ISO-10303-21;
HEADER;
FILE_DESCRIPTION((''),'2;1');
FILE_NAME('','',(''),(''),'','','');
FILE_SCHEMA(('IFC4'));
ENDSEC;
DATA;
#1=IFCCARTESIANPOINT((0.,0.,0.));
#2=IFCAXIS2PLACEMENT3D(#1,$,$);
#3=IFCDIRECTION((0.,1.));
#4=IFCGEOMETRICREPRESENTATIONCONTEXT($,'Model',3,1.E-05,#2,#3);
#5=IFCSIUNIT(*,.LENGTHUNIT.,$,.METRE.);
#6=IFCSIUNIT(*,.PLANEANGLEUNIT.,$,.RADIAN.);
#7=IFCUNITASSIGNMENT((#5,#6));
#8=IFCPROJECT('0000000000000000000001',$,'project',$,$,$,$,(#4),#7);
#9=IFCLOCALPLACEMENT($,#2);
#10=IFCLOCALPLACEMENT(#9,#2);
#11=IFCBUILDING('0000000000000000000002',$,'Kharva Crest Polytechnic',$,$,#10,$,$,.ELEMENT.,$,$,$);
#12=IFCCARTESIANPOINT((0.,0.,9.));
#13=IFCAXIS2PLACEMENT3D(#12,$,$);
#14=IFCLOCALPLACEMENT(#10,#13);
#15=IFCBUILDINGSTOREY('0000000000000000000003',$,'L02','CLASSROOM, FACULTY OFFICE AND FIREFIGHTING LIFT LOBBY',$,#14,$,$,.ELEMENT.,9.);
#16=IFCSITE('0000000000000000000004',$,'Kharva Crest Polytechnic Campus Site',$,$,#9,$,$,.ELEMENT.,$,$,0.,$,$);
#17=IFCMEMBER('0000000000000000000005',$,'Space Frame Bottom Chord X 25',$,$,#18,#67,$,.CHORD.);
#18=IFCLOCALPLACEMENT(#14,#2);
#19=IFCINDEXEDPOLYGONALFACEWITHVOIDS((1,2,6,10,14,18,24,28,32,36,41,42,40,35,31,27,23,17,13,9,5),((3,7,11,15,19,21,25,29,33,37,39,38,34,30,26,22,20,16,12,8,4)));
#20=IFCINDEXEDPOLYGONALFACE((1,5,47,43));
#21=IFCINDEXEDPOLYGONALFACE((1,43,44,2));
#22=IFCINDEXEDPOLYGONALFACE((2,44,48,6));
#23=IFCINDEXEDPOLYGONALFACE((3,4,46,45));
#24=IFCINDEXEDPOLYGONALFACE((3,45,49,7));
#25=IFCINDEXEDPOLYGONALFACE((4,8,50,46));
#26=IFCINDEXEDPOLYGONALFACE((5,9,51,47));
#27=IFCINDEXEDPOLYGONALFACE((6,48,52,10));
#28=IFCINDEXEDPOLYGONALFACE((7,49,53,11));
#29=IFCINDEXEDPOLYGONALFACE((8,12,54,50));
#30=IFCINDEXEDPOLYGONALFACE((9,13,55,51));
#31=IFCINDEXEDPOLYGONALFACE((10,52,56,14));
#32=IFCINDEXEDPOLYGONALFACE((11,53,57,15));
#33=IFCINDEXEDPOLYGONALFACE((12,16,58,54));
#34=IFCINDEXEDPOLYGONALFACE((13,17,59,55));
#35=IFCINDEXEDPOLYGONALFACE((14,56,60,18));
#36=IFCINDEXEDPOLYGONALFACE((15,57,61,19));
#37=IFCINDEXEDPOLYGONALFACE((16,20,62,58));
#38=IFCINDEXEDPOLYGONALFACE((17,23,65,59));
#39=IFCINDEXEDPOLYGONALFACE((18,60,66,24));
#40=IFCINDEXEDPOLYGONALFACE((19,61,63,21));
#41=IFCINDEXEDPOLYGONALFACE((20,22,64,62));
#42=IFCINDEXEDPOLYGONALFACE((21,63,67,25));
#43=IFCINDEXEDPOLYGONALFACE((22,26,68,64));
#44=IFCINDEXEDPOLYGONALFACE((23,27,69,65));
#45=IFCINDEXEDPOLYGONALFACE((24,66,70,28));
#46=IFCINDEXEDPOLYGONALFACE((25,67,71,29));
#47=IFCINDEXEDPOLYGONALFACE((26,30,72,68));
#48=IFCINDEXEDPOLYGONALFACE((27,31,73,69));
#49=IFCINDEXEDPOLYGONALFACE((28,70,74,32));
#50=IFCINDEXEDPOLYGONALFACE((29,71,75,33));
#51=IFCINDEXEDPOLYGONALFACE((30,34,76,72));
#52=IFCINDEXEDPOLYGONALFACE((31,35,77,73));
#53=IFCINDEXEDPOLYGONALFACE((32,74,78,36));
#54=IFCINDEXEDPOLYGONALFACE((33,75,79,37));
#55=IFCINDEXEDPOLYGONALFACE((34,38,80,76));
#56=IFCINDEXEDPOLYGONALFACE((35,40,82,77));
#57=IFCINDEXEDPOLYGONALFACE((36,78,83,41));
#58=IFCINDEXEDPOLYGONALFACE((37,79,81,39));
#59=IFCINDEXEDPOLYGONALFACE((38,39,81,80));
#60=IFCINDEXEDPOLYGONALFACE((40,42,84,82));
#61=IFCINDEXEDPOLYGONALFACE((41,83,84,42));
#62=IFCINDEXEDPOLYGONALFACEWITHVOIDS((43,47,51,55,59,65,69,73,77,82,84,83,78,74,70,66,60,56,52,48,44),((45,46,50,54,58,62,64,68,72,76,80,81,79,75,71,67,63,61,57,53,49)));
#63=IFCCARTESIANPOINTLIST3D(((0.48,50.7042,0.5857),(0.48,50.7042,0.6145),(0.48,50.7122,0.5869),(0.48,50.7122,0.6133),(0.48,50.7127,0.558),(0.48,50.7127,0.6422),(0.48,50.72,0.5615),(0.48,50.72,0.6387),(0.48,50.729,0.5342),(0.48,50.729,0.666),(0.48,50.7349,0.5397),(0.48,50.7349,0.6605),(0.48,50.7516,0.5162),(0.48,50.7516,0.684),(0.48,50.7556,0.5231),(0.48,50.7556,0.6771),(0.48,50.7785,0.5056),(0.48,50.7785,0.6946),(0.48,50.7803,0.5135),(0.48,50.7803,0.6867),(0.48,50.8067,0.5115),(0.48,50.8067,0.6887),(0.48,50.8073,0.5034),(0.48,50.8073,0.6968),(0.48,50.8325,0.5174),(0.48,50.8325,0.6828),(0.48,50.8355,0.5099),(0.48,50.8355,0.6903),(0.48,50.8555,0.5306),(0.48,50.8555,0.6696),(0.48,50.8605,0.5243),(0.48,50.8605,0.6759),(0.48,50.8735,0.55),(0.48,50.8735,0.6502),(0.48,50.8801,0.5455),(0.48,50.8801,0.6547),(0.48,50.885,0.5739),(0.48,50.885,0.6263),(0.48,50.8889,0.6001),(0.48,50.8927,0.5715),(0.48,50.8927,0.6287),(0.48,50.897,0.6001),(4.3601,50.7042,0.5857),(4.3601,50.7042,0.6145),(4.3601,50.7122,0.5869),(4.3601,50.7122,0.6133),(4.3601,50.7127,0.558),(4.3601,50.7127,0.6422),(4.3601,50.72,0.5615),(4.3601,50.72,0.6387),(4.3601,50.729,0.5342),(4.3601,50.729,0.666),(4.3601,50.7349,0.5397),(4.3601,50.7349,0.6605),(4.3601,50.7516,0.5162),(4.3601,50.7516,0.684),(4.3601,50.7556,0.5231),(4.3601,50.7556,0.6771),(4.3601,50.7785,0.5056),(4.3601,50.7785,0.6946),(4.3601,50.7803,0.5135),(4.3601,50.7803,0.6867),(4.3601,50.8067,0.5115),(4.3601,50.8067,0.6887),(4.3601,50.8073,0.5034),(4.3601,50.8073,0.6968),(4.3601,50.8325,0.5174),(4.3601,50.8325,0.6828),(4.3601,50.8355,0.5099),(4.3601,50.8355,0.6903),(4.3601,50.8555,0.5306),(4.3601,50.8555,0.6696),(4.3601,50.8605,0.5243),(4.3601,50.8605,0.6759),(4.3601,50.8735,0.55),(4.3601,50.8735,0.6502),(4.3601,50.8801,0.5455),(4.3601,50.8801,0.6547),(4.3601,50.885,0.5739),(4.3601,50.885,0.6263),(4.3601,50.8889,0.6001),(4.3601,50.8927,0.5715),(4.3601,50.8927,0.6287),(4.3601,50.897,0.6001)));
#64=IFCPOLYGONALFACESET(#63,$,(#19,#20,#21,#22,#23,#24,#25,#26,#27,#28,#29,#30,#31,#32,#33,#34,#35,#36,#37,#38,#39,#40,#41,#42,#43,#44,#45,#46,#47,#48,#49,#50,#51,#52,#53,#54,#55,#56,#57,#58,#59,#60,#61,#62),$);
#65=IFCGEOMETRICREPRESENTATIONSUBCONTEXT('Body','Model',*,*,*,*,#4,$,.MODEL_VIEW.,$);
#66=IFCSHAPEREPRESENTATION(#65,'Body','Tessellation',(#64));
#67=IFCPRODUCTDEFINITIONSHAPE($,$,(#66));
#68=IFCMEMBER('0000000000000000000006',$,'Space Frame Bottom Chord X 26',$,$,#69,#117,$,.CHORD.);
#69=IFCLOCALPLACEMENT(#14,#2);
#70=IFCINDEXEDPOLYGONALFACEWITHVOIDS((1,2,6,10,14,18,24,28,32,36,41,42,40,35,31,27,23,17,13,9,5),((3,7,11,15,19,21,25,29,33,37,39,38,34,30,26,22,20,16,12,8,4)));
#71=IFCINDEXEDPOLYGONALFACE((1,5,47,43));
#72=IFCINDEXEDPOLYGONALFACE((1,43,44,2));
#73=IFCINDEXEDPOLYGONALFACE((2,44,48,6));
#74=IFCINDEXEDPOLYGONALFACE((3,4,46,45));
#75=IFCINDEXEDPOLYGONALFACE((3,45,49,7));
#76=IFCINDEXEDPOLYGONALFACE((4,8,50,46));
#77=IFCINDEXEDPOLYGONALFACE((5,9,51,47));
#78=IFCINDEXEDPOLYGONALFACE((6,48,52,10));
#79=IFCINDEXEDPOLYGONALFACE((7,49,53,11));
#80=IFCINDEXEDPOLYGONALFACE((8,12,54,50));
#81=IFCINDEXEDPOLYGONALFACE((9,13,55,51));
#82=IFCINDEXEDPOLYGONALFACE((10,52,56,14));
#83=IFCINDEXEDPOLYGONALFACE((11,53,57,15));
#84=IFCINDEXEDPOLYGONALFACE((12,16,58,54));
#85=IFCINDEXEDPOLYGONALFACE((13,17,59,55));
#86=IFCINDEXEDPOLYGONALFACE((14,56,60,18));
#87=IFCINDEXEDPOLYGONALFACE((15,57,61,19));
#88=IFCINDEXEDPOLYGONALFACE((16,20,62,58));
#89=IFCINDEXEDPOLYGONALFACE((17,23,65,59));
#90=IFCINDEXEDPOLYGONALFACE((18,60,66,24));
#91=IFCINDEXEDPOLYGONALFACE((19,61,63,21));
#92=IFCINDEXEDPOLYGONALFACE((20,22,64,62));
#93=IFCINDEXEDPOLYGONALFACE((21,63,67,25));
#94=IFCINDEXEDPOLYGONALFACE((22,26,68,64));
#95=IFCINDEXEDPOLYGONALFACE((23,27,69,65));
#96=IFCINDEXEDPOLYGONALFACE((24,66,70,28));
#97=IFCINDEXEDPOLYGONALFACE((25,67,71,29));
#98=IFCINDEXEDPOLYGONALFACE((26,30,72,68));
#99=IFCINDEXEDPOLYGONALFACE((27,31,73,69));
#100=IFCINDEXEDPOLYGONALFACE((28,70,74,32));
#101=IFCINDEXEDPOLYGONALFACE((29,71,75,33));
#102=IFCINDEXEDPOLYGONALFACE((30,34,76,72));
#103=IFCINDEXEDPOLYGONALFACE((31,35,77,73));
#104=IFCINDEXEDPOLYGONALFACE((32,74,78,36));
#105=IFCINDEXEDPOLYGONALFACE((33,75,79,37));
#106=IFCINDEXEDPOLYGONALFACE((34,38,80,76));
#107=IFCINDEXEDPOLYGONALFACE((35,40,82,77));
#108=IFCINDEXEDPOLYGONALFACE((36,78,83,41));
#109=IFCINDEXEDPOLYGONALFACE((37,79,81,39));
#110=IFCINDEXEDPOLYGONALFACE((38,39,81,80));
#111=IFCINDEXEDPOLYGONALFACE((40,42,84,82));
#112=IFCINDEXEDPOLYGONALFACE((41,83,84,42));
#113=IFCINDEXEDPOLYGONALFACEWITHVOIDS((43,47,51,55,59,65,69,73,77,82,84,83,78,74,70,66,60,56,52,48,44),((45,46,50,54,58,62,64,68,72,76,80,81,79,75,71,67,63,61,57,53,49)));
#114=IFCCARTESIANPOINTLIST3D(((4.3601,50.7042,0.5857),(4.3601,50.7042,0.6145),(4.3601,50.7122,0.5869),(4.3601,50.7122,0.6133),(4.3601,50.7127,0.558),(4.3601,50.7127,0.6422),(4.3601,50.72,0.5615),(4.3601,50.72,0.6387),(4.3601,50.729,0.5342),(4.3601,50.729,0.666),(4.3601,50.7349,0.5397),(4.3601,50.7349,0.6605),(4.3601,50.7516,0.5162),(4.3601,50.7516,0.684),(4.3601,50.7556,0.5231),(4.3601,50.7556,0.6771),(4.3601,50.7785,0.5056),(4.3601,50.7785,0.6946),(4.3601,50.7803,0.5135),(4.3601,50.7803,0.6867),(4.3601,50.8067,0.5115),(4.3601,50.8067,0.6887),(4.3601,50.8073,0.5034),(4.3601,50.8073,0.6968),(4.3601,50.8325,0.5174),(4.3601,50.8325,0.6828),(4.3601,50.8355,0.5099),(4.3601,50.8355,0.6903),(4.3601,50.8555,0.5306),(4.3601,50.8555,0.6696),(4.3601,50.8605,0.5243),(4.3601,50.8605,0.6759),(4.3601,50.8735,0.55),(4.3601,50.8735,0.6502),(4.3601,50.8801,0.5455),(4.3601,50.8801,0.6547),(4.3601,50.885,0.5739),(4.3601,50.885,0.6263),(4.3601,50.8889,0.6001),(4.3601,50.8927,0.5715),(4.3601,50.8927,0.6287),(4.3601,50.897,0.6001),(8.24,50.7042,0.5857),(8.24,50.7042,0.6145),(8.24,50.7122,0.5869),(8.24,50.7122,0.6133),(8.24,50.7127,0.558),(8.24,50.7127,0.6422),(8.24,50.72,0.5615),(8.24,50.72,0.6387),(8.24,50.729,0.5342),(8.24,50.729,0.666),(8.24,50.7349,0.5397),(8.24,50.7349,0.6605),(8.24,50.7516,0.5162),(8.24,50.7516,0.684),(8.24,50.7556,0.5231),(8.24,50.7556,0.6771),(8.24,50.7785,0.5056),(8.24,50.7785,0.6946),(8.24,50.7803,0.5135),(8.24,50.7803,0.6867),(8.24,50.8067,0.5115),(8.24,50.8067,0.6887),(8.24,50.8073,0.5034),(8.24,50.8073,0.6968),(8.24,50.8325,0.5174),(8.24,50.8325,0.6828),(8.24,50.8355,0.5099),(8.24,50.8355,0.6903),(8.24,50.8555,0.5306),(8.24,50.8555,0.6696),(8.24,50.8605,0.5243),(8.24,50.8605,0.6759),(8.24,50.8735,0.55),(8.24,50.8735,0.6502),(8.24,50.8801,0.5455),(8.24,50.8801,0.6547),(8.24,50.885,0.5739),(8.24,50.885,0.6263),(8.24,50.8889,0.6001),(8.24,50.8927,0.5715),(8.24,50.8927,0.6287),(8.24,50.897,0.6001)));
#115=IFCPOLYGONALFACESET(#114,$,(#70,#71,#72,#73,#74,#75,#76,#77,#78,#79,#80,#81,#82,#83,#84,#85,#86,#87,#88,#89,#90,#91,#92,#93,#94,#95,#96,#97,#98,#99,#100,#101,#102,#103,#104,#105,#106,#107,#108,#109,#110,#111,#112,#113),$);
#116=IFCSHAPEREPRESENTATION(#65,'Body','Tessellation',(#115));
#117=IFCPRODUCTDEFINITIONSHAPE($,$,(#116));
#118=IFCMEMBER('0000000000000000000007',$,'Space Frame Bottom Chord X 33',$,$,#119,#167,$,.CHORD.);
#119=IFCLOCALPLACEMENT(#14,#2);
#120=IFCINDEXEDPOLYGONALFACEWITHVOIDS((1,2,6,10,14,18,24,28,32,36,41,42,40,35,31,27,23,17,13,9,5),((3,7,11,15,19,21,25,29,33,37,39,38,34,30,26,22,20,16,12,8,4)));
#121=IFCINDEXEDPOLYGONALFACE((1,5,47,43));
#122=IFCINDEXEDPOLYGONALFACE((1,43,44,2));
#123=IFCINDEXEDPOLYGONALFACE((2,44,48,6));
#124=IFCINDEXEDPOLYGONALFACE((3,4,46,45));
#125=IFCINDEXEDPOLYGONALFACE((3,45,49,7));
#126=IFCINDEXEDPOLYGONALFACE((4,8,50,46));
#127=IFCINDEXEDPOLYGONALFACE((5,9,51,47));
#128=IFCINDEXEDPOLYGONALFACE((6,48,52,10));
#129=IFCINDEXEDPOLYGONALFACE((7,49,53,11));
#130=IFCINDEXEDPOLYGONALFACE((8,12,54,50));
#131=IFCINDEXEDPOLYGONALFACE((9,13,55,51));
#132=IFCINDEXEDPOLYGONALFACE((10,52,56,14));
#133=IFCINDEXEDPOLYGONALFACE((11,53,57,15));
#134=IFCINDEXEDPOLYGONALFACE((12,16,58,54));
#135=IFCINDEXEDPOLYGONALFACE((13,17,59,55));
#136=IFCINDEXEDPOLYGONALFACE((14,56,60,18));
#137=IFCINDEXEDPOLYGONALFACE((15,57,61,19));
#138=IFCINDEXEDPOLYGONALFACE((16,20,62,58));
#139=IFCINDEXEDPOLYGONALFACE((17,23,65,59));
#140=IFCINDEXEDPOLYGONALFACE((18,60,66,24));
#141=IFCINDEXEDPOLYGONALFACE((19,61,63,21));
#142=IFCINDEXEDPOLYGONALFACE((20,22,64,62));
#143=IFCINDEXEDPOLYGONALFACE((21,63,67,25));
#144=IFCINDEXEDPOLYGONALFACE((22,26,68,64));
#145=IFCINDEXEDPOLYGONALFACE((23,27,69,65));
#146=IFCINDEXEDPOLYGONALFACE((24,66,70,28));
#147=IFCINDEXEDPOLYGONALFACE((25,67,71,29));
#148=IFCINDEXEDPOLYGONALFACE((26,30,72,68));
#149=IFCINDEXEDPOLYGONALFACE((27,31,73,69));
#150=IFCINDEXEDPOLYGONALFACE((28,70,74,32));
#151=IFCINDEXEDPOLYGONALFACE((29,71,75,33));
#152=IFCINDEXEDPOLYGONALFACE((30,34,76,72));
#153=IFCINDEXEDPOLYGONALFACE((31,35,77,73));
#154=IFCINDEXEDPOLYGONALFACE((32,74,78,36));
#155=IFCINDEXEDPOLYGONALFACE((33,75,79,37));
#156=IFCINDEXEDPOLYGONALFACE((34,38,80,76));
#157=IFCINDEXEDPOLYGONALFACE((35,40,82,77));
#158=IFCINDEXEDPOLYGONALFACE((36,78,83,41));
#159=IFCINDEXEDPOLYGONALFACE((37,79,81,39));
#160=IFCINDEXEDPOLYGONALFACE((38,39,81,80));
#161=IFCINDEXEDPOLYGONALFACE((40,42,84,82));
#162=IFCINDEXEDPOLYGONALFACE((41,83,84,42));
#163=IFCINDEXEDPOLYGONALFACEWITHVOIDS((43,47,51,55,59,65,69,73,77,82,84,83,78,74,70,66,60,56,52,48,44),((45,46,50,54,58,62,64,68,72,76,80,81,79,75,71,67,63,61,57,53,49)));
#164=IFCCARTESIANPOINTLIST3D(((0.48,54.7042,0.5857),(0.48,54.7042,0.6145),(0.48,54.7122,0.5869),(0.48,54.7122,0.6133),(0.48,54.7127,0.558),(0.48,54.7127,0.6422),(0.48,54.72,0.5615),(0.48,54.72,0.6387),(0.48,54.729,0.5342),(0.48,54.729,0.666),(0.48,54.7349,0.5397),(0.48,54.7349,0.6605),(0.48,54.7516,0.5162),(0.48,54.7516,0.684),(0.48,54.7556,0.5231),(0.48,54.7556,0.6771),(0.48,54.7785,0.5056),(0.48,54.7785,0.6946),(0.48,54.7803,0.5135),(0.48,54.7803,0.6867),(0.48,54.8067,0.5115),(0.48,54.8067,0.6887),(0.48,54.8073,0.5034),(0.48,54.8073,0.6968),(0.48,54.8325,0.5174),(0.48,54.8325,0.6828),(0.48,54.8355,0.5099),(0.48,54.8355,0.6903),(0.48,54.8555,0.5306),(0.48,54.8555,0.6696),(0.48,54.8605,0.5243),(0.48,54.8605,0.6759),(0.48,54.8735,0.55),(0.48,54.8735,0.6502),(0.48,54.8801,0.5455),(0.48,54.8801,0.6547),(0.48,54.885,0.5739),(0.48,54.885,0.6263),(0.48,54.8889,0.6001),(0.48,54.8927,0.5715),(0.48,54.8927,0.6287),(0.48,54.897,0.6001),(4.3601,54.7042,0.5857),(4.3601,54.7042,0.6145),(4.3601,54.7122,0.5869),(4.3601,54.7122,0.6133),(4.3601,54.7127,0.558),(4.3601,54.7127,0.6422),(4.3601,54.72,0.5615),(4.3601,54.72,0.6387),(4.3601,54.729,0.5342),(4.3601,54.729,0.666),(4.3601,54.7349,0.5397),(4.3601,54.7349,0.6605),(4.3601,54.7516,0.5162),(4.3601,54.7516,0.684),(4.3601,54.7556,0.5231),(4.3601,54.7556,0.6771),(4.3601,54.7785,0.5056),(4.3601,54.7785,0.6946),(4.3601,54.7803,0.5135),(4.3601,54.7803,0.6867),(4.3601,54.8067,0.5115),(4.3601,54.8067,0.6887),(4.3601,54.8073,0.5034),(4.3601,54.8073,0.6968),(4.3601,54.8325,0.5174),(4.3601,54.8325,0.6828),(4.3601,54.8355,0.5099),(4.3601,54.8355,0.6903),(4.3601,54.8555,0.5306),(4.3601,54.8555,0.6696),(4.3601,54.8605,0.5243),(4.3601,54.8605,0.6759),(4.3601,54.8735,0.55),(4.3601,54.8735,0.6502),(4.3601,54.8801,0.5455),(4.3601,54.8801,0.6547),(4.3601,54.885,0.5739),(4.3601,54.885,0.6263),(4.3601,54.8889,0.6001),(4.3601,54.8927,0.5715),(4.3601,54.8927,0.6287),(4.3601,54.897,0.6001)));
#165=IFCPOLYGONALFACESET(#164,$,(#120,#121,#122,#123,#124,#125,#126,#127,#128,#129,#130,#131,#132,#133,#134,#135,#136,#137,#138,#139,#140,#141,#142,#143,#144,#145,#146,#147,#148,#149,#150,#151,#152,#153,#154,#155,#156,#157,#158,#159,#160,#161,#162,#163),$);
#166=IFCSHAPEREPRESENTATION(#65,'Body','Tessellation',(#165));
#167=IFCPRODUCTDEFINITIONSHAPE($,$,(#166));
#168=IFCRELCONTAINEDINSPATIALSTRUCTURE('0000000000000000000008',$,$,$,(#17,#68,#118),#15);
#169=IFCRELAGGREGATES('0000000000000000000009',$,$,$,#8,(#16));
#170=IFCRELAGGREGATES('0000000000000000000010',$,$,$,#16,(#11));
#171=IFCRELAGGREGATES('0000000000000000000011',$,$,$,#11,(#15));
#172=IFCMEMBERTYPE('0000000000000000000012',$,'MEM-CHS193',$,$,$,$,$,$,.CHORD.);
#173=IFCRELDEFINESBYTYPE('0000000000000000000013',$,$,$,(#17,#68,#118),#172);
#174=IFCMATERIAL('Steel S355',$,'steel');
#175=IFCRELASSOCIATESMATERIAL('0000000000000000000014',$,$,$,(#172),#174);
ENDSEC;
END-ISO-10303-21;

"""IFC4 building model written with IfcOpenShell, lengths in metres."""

from ifc_helpers import new_model, si_unit, direction, frame, origin, origin_2d, place, context, subcontext, project, spatial, hollow_circle, extrude, material, material_profile, profile_set, type_object, element, save


model = new_model("IFC4")

# Units and contexts
model_context = context("Model", 3, precision=1e-05, world=origin(), true_north=direction((0.0, 1.0)))
body_context = subcontext(model_context, "Body", "Model", "MODEL_VIEW")
ifc_project = project(units=[si_unit("LENGTHUNIT", "METRE"), si_unit("PLANEANGLEUNIT", "RADIAN")], contexts=[model_context])

# Site, building, storey
site_placement = place(None, origin())
site = spatial("IfcSite", under=ifc_project, at=site_placement, Name="Kharva Crest Polytechnic Campus Site", CompositionType="ELEMENT", RefElevation=0.0)
building_placement = place(site_placement, origin())
building = spatial("IfcBuilding", under=site, at=building_placement, Name="Kharva Crest Polytechnic", CompositionType="ELEMENT")
storey_placement = place(building_placement, frame((0.0, 0.0, 9.0)))
storey = spatial("IfcBuildingStorey", under=building, at=storey_placement, Name="L02", Description="CLASSROOM, FACULTY OFFICE AND FIREFIGHTING LIFT LOBBY", CompositionType="ELEMENT", Elevation=9.0)

# Shared definitions
ifc_material_1 = material(Name="Steel S355", Category="steel")

# Members
ifc_material_profile_1 = material_profile(ifc_material_1, hollow_circle(Radius=0.0969, WallThickness=0.0081, at=origin_2d()), Name="CHS 193.7X8.0")
ifc_profile_set_1 = profile_set([ifc_material_profile_1], Name="Steel S355")
member_type_1 = type_object("IfcMemberType", Name="MEM-CHS193", PredefinedType="CHORD", material=ifc_profile_set_1)
member_1_placement = place(storey_placement, frame((0.48, 50.8, 0.6001), z_axis=(1.0, 0.0, 0.0), x_axis=(0.0, 1.0, 0.0)))
element("IfcMember", 1, at=member_1_placement, inside=storey, type_object=member_type_1, Name="Space Frame Bottom Chord X 25", PredefinedType="CHORD", context=body_context, shape_type="SweptSolid", body=[
    extrude(hollow_circle(Radius=0.0969, WallThickness=0.0081, at=origin_2d()), origin(), (0.0, 0.0, 1.0), 3.8801),
])
member_2_placement = place(storey_placement, frame((4.3601, 50.8, 0.6001), z_axis=(1.0, 0.0, 0.0), x_axis=(0.0, 1.0, 0.0)))
element("IfcMember", 2, at=member_2_placement, inside=storey, type_object=member_type_1, Name="Space Frame Bottom Chord X 26", PredefinedType="CHORD", context=body_context, shape_type="SweptSolid", body=[
    extrude(hollow_circle(Radius=0.0969, WallThickness=0.0081, at=origin_2d()), origin(), (0.0, 0.0, 1.0), 3.8799),
])
member_3_placement = place(storey_placement, frame((0.48, 54.8, 0.6001), z_axis=(1.0, 0.0, 0.0), x_axis=(0.0, 1.0, 0.0)))
element("IfcMember", 3, at=member_3_placement, inside=storey, type_object=member_type_1, Name="Space Frame Bottom Chord X 33", PredefinedType="CHORD", context=body_context, shape_type="SweptSolid", body=[
    extrude(hollow_circle(Radius=0.0969, WallThickness=0.0081, at=origin_2d()), origin(), (0.0, 0.0, 1.0), 3.8801),
])

save(model, "model.ifc")
